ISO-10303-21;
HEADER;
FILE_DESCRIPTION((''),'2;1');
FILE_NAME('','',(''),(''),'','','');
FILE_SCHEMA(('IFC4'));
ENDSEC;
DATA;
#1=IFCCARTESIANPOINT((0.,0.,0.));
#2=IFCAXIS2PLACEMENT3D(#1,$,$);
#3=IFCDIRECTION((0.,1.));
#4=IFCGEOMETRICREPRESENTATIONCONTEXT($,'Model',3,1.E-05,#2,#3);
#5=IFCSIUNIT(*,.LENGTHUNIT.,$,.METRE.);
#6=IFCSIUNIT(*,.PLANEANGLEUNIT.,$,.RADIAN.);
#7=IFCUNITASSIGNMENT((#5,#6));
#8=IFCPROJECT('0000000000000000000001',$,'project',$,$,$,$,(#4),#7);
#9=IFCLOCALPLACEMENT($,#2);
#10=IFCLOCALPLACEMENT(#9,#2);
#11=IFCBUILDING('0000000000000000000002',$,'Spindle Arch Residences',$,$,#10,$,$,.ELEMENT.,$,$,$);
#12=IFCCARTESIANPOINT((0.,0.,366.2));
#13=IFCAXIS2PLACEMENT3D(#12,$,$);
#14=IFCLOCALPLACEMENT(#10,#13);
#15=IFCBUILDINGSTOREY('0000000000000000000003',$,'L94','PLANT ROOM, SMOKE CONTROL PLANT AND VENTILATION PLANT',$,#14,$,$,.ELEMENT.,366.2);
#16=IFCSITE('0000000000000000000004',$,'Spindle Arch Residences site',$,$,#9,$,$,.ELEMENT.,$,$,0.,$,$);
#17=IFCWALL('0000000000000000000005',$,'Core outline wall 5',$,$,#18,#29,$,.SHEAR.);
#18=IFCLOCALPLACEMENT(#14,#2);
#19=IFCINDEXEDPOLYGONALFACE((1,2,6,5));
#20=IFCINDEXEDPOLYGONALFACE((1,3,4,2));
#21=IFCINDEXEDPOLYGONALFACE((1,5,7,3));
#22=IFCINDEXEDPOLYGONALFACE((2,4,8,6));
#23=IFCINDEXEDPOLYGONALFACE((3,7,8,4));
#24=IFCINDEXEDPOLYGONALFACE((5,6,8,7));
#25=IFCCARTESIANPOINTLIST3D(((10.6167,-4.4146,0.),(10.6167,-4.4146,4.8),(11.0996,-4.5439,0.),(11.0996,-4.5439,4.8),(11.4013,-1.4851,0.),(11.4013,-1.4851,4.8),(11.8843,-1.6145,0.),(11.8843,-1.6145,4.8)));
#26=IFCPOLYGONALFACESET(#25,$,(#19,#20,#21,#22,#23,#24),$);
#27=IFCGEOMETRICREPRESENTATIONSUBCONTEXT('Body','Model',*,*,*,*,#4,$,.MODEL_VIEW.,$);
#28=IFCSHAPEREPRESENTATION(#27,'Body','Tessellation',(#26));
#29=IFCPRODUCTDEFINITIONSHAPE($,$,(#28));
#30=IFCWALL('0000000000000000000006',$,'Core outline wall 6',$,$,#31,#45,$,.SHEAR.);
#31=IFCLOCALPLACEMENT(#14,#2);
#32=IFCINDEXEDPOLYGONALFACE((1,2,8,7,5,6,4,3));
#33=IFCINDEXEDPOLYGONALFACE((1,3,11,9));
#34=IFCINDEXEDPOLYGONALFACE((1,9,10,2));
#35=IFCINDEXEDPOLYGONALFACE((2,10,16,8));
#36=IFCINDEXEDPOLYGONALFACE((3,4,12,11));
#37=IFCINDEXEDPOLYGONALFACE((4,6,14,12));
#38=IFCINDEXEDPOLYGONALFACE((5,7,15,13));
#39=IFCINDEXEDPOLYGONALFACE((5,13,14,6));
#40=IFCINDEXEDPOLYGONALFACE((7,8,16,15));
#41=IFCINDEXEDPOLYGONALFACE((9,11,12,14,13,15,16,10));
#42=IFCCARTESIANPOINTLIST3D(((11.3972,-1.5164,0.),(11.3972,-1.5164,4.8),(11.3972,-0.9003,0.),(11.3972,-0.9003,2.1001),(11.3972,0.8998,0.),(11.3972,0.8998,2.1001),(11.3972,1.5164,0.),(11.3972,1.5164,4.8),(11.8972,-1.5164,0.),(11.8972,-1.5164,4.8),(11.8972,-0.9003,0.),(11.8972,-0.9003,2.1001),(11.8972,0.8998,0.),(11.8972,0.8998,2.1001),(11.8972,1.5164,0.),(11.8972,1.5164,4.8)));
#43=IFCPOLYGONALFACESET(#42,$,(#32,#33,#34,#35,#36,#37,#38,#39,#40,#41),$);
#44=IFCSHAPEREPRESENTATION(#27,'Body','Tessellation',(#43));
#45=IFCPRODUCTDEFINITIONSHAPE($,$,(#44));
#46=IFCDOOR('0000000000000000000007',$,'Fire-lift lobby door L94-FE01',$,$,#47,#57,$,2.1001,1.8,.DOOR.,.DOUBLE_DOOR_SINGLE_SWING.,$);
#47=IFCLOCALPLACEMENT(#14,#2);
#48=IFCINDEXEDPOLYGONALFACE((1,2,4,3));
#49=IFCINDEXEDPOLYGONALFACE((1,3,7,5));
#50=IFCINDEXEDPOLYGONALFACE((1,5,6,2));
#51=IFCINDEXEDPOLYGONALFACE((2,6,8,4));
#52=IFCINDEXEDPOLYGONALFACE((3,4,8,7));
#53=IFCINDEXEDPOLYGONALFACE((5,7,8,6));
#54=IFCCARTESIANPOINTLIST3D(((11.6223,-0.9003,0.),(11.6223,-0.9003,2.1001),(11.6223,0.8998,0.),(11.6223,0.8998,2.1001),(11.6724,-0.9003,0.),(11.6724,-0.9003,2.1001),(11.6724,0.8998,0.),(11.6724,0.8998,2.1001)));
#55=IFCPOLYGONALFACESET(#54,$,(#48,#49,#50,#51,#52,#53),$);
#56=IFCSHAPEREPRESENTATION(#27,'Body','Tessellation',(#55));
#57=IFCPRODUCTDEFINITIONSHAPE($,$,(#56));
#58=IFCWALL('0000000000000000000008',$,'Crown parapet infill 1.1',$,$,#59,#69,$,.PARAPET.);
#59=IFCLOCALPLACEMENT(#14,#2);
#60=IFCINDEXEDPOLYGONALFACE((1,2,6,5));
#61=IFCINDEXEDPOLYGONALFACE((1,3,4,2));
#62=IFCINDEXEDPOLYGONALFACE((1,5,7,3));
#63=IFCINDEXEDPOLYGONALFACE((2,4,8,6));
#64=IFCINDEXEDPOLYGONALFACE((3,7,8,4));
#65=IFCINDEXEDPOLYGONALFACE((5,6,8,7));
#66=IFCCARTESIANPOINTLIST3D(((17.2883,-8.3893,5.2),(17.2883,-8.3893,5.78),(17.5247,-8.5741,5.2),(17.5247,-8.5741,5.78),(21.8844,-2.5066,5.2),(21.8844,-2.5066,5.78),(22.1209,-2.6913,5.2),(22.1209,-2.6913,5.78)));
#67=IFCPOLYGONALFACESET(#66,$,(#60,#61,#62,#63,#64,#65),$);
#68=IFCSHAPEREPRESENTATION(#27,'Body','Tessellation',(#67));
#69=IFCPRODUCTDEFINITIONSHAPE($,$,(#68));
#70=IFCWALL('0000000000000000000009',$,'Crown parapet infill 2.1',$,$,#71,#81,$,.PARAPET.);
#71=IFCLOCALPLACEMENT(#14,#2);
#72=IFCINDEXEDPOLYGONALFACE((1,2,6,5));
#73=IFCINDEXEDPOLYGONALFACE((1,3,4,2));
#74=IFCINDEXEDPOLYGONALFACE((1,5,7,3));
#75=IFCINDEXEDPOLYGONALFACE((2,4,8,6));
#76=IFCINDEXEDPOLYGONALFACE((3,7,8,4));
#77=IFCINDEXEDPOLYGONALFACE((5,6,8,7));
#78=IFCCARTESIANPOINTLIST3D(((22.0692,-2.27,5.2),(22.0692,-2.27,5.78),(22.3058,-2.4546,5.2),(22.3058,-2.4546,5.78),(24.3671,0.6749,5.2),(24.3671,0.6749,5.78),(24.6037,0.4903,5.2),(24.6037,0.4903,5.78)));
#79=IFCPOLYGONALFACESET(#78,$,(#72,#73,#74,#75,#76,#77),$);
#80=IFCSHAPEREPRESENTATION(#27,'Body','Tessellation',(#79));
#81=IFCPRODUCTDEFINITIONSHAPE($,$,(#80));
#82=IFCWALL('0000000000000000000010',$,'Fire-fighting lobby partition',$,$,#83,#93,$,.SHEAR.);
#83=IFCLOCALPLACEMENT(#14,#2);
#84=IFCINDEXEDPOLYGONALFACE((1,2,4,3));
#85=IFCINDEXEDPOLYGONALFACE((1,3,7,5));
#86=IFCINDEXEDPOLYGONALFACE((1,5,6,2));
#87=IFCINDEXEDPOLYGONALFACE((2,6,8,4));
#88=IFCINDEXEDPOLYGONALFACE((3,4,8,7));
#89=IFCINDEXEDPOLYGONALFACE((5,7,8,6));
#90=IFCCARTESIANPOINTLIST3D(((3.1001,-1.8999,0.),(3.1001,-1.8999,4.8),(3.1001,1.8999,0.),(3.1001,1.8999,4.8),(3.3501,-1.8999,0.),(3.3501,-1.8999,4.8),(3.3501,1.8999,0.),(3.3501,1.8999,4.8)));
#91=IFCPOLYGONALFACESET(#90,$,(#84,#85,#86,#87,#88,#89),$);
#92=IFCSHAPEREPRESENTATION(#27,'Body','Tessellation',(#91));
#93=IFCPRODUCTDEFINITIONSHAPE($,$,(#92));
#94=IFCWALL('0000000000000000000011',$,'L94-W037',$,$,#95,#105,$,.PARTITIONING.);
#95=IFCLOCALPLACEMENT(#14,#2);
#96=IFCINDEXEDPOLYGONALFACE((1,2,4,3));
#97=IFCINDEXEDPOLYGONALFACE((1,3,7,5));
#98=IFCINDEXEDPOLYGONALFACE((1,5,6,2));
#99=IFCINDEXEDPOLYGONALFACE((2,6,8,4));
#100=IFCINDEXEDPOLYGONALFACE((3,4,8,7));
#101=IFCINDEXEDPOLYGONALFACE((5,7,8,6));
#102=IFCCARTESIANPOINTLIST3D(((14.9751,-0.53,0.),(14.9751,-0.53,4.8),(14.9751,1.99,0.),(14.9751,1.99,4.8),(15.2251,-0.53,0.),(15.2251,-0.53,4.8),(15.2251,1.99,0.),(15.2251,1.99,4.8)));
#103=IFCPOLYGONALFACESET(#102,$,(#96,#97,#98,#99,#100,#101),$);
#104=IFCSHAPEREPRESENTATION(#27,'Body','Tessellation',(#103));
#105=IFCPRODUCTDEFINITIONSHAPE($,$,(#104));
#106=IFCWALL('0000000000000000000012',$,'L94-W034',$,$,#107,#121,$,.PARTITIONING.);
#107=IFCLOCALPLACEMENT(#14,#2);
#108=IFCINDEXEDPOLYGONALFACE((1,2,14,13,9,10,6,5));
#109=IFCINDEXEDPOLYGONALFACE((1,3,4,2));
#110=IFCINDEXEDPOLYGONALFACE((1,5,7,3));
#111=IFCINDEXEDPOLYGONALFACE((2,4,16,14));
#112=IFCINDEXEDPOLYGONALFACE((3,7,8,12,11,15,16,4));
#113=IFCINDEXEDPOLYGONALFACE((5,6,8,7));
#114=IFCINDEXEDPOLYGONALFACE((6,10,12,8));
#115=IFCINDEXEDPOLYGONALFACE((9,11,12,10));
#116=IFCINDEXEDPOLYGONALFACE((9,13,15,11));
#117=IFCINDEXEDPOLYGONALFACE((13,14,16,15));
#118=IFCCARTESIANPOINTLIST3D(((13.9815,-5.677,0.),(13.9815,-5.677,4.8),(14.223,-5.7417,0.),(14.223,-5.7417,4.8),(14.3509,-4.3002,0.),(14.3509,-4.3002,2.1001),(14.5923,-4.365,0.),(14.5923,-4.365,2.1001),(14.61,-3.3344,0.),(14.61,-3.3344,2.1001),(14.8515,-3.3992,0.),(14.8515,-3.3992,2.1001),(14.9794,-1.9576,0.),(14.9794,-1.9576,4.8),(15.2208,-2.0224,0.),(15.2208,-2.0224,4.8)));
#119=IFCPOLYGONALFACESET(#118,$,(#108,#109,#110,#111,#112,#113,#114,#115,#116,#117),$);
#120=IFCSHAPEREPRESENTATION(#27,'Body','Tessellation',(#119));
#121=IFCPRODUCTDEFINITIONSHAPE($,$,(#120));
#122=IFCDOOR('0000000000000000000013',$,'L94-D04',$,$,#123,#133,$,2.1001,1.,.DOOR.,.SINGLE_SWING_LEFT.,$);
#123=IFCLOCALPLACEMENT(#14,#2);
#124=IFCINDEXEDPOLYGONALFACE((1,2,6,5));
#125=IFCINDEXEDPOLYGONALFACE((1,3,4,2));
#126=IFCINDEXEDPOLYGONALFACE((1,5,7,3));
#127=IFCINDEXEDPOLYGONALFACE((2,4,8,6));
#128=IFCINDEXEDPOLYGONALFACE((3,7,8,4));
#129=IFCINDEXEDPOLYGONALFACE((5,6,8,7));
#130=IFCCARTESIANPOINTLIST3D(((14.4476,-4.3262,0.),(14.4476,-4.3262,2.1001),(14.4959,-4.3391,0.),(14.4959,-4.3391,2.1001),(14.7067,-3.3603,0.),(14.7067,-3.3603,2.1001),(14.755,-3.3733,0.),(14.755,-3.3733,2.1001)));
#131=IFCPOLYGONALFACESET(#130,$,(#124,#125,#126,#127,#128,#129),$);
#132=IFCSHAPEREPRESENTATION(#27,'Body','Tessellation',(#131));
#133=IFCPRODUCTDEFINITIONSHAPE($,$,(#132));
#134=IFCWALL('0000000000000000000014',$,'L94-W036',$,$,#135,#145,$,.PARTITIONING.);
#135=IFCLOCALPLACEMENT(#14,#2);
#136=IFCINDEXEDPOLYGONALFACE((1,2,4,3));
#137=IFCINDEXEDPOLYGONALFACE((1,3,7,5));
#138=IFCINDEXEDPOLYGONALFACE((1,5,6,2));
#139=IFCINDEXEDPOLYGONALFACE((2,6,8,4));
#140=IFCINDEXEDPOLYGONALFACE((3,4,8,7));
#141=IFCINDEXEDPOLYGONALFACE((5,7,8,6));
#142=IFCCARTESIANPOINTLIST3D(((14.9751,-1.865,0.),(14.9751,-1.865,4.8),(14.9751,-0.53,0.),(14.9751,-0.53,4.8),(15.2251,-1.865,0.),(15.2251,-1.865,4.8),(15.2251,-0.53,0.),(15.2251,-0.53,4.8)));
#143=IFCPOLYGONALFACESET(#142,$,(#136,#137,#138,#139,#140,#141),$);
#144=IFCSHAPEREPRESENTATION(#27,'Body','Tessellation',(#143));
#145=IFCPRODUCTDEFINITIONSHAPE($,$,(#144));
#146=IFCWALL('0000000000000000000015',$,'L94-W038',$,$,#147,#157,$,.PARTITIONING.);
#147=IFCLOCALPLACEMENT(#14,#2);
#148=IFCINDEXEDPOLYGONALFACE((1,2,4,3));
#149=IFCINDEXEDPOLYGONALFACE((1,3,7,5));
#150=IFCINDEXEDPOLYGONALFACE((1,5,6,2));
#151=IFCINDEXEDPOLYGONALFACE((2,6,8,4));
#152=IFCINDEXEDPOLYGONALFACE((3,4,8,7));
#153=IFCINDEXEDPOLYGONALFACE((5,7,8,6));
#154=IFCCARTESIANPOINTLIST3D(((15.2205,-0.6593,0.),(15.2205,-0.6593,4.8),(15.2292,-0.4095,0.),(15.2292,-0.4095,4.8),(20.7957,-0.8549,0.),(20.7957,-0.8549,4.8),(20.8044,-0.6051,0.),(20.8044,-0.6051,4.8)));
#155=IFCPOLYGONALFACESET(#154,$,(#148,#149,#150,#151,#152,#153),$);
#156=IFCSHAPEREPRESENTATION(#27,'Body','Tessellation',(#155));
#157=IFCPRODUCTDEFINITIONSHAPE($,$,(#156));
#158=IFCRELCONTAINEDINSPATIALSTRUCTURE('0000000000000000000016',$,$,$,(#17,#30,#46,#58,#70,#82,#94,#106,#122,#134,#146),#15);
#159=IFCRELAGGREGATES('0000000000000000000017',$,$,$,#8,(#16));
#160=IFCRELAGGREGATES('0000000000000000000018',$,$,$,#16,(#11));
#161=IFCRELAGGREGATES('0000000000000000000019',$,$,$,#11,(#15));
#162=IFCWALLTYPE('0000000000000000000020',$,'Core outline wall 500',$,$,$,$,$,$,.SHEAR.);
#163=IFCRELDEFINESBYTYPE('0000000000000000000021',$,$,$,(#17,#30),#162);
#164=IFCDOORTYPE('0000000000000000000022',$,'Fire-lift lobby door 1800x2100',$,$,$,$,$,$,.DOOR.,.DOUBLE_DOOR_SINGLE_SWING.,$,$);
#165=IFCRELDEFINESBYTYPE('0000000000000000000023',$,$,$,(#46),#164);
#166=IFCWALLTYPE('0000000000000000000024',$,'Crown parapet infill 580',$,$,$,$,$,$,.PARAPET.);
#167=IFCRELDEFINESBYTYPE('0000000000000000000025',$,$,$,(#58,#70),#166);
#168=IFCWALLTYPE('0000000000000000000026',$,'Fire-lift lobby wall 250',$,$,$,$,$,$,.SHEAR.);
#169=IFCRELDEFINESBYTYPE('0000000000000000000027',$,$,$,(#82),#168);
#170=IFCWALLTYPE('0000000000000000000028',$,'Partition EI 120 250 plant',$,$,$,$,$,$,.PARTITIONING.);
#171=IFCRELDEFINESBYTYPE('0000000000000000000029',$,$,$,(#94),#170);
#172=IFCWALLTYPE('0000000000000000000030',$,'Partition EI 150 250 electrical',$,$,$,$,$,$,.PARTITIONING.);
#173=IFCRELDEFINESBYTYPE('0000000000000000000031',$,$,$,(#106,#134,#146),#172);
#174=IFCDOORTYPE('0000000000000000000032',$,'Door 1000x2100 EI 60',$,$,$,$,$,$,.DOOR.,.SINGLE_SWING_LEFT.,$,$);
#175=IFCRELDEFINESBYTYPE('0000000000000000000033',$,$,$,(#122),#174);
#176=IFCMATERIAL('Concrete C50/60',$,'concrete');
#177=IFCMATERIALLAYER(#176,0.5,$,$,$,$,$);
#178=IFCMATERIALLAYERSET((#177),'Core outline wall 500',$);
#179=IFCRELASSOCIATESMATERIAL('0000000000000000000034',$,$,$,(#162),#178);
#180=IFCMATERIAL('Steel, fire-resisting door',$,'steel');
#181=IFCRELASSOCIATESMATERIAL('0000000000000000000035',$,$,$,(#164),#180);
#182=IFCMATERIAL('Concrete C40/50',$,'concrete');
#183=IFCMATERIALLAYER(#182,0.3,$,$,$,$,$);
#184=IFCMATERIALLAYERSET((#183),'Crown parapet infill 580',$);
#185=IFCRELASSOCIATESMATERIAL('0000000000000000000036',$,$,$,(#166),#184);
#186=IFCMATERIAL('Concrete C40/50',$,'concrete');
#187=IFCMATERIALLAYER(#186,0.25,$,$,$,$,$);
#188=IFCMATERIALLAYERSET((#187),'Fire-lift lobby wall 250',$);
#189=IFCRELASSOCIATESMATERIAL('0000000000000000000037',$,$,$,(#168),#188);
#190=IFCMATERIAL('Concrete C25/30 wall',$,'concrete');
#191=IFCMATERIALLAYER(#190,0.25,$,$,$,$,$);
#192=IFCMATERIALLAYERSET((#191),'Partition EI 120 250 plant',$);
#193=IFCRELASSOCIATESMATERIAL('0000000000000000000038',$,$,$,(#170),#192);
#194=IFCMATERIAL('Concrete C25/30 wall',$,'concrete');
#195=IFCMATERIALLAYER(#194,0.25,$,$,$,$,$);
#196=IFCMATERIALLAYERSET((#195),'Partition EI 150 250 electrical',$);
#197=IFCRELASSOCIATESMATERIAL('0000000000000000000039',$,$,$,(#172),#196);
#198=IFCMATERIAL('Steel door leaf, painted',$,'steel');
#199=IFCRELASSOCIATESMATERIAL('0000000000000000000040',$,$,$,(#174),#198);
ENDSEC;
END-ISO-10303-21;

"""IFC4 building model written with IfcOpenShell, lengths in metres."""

from ifc_helpers import new_model, si_unit, direction, frame, frame_2d, origin, place, context, subcontext, project, spatial, rectangle, extrude, material, layer, layer_set, type_object, element, fill, save


model = new_model("IFC4")

# Units and contexts
model_context = context("Model", 3, precision=1e-05, world=origin(), true_north=direction((0.0, 1.0)))
body_context = subcontext(model_context, "Body", "Model", "MODEL_VIEW")
ifc_project = project(units=[si_unit("LENGTHUNIT", "METRE"), si_unit("PLANEANGLEUNIT", "RADIAN")], contexts=[model_context])

# Site, building, storey
site_placement = place(None, origin())
site = spatial("IfcSite", under=ifc_project, at=site_placement, Name="Spindle Arch Residences site", CompositionType="ELEMENT", RefElevation=0.0)
building_placement = place(site_placement, origin())
building = spatial("IfcBuilding", under=site, at=building_placement, Name="Spindle Arch Residences", CompositionType="ELEMENT")
storey_placement = place(building_placement, frame((0.0, 0.0, 366.2)))
storey = spatial("IfcBuildingStorey", under=building, at=storey_placement, Name="L94", Description="PLANT ROOM, SMOKE CONTROL PLANT AND VENTILATION PLANT", CompositionType="ELEMENT", Elevation=366.2)

# Wall
ifc_material_1 = material(Name="Concrete C50/60", Category="concrete")
ifc_layer_1 = layer(ifc_material_1, 0.5)
ifc_layer_set_1 = layer_set([ifc_layer_1], Name="Core outline wall 500")
wall_type_1 = type_object("IfcWallType", Name="Core outline wall 500", PredefinedType="SHEAR", material=ifc_layer_set_1)
for number, where, z_axis, x_axis, name in (
    (1, (10.8582, -4.4792, 0.0), (0.0, 0.0, 1.0), (0.258735, 0.965948, 0.0), "Core outline wall 5"),
):
    element("IfcWall", number, at=place(storey_placement, frame(where, z_axis=z_axis, x_axis=x_axis)), inside=storey, type_object=wall_type_1, Name=name, PredefinedType="SHEAR", context=body_context, shape_type="SweptSolid", body=[
        extrude(rectangle(XDim=3.0327, YDim=0.5, at=frame_2d((1.5164, 0.0))), origin(), (0.0, 0.0, 1.0), 4.8),
    ])

# Wall, opening, door
wall_1_placement = place(storey_placement, frame((11.6472, -1.5164, 0.0), z_axis=(0.0, 0.0, 1.0), x_axis=(0.0, 1.0, 0.0)))
wall_1 = element("IfcWall", 2, at=wall_1_placement, inside=storey, type_object=wall_type_1, Name="Core outline wall 6", PredefinedType="SHEAR", context=body_context, shape_type="SweptSolid", body=[
    extrude(rectangle(XDim=3.0327, YDim=0.5, at=frame_2d((1.5164, 0.0))), origin(), (0.0, 0.0, 1.0), 4.8),
])
opening_1_placement = place(wall_1_placement, frame((0.6162, 0.0, 0.0)))
opening_1 = element("IfcOpeningElement", 3, at=opening_1_placement, cuts=wall_1, PredefinedType="OPENING", context=body_context, shape_type="SweptSolid", body=[
    extrude(rectangle(XDim=1.8, YDim=2.1001, at=frame_2d((0.8999, 1.05))), frame((0.0, 0.26, 0.0), z_axis=(0.0, -1.0, 0.0), x_axis=(1.0, 0.0, 0.0)), (0.0, 0.0, 1.0), 0.52),
])
ifc_material_2 = material(Name="Steel, fire-resisting door", Category="steel")
door_type_1 = type_object("IfcDoorType", Name="Fire-lift lobby door 1800x2100", OperationType="DOUBLE_DOOR_SINGLE_SWING", PredefinedType="DOOR", material=ifc_material_2)
door_1_placement = place(opening_1_placement, origin())
door_1 = element("IfcDoor", 4, at=door_1_placement, inside=storey, type_object=door_type_1, Name="Fire-lift lobby door L94-FE01", OperationType="DOUBLE_DOOR_SINGLE_SWING", OverallHeight=2.1001, OverallWidth=1.8, PredefinedType="DOOR", context=body_context, shape_type="SweptSolid", body=[
    extrude(rectangle(XDim=1.8, YDim=2.1001, at=frame_2d((0.8999, 1.05))), frame((0.0, 0.0249, 0.0), z_axis=(0.0, -1.0, 0.0), x_axis=(1.0, 0.0, 0.0)), (0.0, 0.0, 1.0), 0.05),
])
fill(opening_1, door_1)

# Walls
ifc_material_3 = material(Name="Concrete C40/50", Category="concrete")
ifc_layer_2 = layer(ifc_material_3, 0.3)
ifc_layer_set_2 = layer_set([ifc_layer_2], Name="Crown parapet infill 580")
wall_type_2 = type_object("IfcWallType", Name="Crown parapet infill 580", PredefinedType="PARAPET", material=ifc_layer_set_2)
wall_2_placement = place(storey_placement, frame((17.4065, -8.4817, 5.2), z_axis=(0.0, 0.0, 1.0), x_axis=(0.615664, 0.788009, 0.0)))
element("IfcWall", 5, at=wall_2_placement, inside=storey, type_object=wall_type_2, Name="Crown parapet infill 1.1", PredefinedType="PARAPET", context=body_context, shape_type="SweptSolid", body=[
    extrude(rectangle(XDim=7.4653, YDim=0.3, at=frame_2d((3.7327, 0.0))), origin(), (0.0, 0.0, 1.0), 0.5801),
])
wall_3_placement = place(storey_placement, frame((22.1875, -2.3623, 5.2), z_axis=(0.0, 0.0, 1.0), x_axis=(0.61518, 0.788387, 0.0)))
element("IfcWall", 6, at=wall_3_placement, inside=storey, type_object=wall_type_2, Name="Crown parapet infill 2.1", PredefinedType="PARAPET", context=body_context, shape_type="SweptSolid", body=[
    extrude(rectangle(XDim=3.7354, YDim=0.3, at=frame_2d((1.8677, 0.0))), origin(), (0.0, 0.0, 1.0), 0.5801),
])
ifc_material_4 = material(Name="Concrete C40/50", Category="concrete")
ifc_layer_3 = layer(ifc_material_4, 0.25)
ifc_layer_set_3 = layer_set([ifc_layer_3], Name="Fire-lift lobby wall 250")
wall_type_3 = type_object("IfcWallType", Name="Fire-lift lobby wall 250", PredefinedType="SHEAR", material=ifc_layer_set_3)
wall_4_placement = place(storey_placement, frame((3.2251, -1.8999, 0.0), z_axis=(0.0, 0.0, 1.0), x_axis=(0.0, 1.0, 0.0)))
element("IfcWall", 7, at=wall_4_placement, inside=storey, type_object=wall_type_3, Name="Fire-fighting lobby partition", PredefinedType="SHEAR", context=body_context, shape_type="SweptSolid", body=[
    extrude(rectangle(XDim=3.7998, YDim=0.25, at=frame_2d((1.8999, 0.0))), origin(), (0.0, 0.0, 1.0), 4.8),
])

# Wall
ifc_material_5 = material(Name="Concrete C25/30 wall", Category="concrete")
ifc_layer_4 = layer(ifc_material_5, 0.25)
ifc_layer_set_4 = layer_set([ifc_layer_4], Name="Partition EI 120 250 plant")
wall_type_4 = type_object("IfcWallType", Name="Partition EI 120 250 plant", PredefinedType="PARTITIONING", material=ifc_layer_set_4)
wall_5_placement = place(storey_placement, frame((15.1001, -0.53, 0.0), z_axis=(0.0, 0.0, 1.0), x_axis=(0.0, 1.0, 0.0)))
element("IfcWall", 8, at=wall_5_placement, inside=storey, type_object=wall_type_4, Name="L94-W037", PredefinedType="PARTITIONING", context=body_context, shape_type="SweptSolid", body=[
    extrude(rectangle(XDim=2.52, YDim=0.25, at=frame_2d((1.26, 0.0))), origin(), (0.0, 0.0, 1.0), 4.8),
])

# Wall, opening, door
ifc_material_6 = material(Name="Concrete C25/30 wall", Category="concrete")
ifc_layer_5 = layer(ifc_material_6, 0.25)
ifc_layer_set_5 = layer_set([ifc_layer_5], Name="Partition EI 150 250 electrical")
wall_type_5 = type_object("IfcWallType", Name="Partition EI 150 250 electrical", PredefinedType="PARTITIONING", material=ifc_layer_set_5)
wall_6_placement = place(storey_placement, frame((14.1023, -5.7092, 0.0), z_axis=(0.0, 0.0, 1.0), x_axis=(0.259118, 0.965846, 0.0)))
wall_6 = element("IfcWall", 9, at=wall_6_placement, inside=storey, type_object=wall_type_5, Name="L94-W034", PredefinedType="PARTITIONING", context=body_context, shape_type="SweptSolid", body=[
    extrude(rectangle(XDim=3.8508, YDim=0.25, at=frame_2d((1.9253, 0.0))), origin(), (0.0, 0.0, 1.0), 4.8),
])
opening_2_placement = place(wall_6_placement, frame((1.4253, 0.0, 0.0)))
opening_2 = element("IfcOpeningElement", 10, at=opening_2_placement, cuts=wall_6, PredefinedType="OPENING", context=body_context, shape_type="SweptSolid", body=[
    extrude(rectangle(XDim=1.0, YDim=2.1001, at=frame_2d((0.5, 1.05))), frame((0.0, 0.135, 0.0), z_axis=(0.0, -1.0, 0.0), x_axis=(1.0, 0.0, 0.0)), (0.0, 0.0, 1.0), 0.27),
])
ifc_material_7 = material(Name="Steel door leaf, painted", Category="steel")
door_type_2 = type_object("IfcDoorType", Name="Door 1000x2100 EI 60", OperationType="SINGLE_SWING_LEFT", PredefinedType="DOOR", material=ifc_material_7)
door_2_placement = place(opening_2_placement, origin())
door_2 = element("IfcDoor", 11, at=door_2_placement, inside=storey, type_object=door_type_2, Name="L94-D04", OperationType="SINGLE_SWING_LEFT", OverallHeight=2.1001, OverallWidth=1.0, PredefinedType="DOOR", context=body_context, shape_type="SweptSolid", body=[
    extrude(rectangle(XDim=1.0, YDim=2.1001, at=frame_2d((0.5, 1.05))), frame((0.0, 0.0249, 0.0), z_axis=(0.0, -1.0, 0.0), x_axis=(1.0, 0.0, 0.0)), (0.0, 0.0, 1.0), 0.05),
])
fill(opening_2, door_2)

# Walls
wall_7_placement = place(storey_placement, frame((15.1001, -1.865, 0.0), z_axis=(0.0, 0.0, 1.0), x_axis=(0.0, 1.0, 0.0)))
element("IfcWall", 12, at=wall_7_placement, inside=storey, type_object=wall_type_5, Name="L94-W036", PredefinedType="PARTITIONING", context=body_context, shape_type="SweptSolid", body=[
    extrude(rectangle(XDim=1.335, YDim=0.25, at=frame_2d((0.6675, 0.0))), origin(), (0.0, 0.0, 1.0), 4.8),
])
wall_8_placement = place(storey_placement, frame((15.2249, -0.5344, 0.0), z_axis=(0.0, 0.0, 1.0), x_axis=(0.999385, -0.035055, 0.0)))
element("IfcWall", 13, at=wall_8_placement, inside=storey, type_object=wall_type_5, Name="L94-W038", PredefinedType="PARTITIONING", context=body_context, shape_type="SweptSolid", body=[
    extrude(rectangle(XDim=5.5786, YDim=0.25, at=frame_2d((2.7893, 0.0))), origin(), (0.0, 0.0, 1.0), 4.8),
])

save(model, "model.ifc")
